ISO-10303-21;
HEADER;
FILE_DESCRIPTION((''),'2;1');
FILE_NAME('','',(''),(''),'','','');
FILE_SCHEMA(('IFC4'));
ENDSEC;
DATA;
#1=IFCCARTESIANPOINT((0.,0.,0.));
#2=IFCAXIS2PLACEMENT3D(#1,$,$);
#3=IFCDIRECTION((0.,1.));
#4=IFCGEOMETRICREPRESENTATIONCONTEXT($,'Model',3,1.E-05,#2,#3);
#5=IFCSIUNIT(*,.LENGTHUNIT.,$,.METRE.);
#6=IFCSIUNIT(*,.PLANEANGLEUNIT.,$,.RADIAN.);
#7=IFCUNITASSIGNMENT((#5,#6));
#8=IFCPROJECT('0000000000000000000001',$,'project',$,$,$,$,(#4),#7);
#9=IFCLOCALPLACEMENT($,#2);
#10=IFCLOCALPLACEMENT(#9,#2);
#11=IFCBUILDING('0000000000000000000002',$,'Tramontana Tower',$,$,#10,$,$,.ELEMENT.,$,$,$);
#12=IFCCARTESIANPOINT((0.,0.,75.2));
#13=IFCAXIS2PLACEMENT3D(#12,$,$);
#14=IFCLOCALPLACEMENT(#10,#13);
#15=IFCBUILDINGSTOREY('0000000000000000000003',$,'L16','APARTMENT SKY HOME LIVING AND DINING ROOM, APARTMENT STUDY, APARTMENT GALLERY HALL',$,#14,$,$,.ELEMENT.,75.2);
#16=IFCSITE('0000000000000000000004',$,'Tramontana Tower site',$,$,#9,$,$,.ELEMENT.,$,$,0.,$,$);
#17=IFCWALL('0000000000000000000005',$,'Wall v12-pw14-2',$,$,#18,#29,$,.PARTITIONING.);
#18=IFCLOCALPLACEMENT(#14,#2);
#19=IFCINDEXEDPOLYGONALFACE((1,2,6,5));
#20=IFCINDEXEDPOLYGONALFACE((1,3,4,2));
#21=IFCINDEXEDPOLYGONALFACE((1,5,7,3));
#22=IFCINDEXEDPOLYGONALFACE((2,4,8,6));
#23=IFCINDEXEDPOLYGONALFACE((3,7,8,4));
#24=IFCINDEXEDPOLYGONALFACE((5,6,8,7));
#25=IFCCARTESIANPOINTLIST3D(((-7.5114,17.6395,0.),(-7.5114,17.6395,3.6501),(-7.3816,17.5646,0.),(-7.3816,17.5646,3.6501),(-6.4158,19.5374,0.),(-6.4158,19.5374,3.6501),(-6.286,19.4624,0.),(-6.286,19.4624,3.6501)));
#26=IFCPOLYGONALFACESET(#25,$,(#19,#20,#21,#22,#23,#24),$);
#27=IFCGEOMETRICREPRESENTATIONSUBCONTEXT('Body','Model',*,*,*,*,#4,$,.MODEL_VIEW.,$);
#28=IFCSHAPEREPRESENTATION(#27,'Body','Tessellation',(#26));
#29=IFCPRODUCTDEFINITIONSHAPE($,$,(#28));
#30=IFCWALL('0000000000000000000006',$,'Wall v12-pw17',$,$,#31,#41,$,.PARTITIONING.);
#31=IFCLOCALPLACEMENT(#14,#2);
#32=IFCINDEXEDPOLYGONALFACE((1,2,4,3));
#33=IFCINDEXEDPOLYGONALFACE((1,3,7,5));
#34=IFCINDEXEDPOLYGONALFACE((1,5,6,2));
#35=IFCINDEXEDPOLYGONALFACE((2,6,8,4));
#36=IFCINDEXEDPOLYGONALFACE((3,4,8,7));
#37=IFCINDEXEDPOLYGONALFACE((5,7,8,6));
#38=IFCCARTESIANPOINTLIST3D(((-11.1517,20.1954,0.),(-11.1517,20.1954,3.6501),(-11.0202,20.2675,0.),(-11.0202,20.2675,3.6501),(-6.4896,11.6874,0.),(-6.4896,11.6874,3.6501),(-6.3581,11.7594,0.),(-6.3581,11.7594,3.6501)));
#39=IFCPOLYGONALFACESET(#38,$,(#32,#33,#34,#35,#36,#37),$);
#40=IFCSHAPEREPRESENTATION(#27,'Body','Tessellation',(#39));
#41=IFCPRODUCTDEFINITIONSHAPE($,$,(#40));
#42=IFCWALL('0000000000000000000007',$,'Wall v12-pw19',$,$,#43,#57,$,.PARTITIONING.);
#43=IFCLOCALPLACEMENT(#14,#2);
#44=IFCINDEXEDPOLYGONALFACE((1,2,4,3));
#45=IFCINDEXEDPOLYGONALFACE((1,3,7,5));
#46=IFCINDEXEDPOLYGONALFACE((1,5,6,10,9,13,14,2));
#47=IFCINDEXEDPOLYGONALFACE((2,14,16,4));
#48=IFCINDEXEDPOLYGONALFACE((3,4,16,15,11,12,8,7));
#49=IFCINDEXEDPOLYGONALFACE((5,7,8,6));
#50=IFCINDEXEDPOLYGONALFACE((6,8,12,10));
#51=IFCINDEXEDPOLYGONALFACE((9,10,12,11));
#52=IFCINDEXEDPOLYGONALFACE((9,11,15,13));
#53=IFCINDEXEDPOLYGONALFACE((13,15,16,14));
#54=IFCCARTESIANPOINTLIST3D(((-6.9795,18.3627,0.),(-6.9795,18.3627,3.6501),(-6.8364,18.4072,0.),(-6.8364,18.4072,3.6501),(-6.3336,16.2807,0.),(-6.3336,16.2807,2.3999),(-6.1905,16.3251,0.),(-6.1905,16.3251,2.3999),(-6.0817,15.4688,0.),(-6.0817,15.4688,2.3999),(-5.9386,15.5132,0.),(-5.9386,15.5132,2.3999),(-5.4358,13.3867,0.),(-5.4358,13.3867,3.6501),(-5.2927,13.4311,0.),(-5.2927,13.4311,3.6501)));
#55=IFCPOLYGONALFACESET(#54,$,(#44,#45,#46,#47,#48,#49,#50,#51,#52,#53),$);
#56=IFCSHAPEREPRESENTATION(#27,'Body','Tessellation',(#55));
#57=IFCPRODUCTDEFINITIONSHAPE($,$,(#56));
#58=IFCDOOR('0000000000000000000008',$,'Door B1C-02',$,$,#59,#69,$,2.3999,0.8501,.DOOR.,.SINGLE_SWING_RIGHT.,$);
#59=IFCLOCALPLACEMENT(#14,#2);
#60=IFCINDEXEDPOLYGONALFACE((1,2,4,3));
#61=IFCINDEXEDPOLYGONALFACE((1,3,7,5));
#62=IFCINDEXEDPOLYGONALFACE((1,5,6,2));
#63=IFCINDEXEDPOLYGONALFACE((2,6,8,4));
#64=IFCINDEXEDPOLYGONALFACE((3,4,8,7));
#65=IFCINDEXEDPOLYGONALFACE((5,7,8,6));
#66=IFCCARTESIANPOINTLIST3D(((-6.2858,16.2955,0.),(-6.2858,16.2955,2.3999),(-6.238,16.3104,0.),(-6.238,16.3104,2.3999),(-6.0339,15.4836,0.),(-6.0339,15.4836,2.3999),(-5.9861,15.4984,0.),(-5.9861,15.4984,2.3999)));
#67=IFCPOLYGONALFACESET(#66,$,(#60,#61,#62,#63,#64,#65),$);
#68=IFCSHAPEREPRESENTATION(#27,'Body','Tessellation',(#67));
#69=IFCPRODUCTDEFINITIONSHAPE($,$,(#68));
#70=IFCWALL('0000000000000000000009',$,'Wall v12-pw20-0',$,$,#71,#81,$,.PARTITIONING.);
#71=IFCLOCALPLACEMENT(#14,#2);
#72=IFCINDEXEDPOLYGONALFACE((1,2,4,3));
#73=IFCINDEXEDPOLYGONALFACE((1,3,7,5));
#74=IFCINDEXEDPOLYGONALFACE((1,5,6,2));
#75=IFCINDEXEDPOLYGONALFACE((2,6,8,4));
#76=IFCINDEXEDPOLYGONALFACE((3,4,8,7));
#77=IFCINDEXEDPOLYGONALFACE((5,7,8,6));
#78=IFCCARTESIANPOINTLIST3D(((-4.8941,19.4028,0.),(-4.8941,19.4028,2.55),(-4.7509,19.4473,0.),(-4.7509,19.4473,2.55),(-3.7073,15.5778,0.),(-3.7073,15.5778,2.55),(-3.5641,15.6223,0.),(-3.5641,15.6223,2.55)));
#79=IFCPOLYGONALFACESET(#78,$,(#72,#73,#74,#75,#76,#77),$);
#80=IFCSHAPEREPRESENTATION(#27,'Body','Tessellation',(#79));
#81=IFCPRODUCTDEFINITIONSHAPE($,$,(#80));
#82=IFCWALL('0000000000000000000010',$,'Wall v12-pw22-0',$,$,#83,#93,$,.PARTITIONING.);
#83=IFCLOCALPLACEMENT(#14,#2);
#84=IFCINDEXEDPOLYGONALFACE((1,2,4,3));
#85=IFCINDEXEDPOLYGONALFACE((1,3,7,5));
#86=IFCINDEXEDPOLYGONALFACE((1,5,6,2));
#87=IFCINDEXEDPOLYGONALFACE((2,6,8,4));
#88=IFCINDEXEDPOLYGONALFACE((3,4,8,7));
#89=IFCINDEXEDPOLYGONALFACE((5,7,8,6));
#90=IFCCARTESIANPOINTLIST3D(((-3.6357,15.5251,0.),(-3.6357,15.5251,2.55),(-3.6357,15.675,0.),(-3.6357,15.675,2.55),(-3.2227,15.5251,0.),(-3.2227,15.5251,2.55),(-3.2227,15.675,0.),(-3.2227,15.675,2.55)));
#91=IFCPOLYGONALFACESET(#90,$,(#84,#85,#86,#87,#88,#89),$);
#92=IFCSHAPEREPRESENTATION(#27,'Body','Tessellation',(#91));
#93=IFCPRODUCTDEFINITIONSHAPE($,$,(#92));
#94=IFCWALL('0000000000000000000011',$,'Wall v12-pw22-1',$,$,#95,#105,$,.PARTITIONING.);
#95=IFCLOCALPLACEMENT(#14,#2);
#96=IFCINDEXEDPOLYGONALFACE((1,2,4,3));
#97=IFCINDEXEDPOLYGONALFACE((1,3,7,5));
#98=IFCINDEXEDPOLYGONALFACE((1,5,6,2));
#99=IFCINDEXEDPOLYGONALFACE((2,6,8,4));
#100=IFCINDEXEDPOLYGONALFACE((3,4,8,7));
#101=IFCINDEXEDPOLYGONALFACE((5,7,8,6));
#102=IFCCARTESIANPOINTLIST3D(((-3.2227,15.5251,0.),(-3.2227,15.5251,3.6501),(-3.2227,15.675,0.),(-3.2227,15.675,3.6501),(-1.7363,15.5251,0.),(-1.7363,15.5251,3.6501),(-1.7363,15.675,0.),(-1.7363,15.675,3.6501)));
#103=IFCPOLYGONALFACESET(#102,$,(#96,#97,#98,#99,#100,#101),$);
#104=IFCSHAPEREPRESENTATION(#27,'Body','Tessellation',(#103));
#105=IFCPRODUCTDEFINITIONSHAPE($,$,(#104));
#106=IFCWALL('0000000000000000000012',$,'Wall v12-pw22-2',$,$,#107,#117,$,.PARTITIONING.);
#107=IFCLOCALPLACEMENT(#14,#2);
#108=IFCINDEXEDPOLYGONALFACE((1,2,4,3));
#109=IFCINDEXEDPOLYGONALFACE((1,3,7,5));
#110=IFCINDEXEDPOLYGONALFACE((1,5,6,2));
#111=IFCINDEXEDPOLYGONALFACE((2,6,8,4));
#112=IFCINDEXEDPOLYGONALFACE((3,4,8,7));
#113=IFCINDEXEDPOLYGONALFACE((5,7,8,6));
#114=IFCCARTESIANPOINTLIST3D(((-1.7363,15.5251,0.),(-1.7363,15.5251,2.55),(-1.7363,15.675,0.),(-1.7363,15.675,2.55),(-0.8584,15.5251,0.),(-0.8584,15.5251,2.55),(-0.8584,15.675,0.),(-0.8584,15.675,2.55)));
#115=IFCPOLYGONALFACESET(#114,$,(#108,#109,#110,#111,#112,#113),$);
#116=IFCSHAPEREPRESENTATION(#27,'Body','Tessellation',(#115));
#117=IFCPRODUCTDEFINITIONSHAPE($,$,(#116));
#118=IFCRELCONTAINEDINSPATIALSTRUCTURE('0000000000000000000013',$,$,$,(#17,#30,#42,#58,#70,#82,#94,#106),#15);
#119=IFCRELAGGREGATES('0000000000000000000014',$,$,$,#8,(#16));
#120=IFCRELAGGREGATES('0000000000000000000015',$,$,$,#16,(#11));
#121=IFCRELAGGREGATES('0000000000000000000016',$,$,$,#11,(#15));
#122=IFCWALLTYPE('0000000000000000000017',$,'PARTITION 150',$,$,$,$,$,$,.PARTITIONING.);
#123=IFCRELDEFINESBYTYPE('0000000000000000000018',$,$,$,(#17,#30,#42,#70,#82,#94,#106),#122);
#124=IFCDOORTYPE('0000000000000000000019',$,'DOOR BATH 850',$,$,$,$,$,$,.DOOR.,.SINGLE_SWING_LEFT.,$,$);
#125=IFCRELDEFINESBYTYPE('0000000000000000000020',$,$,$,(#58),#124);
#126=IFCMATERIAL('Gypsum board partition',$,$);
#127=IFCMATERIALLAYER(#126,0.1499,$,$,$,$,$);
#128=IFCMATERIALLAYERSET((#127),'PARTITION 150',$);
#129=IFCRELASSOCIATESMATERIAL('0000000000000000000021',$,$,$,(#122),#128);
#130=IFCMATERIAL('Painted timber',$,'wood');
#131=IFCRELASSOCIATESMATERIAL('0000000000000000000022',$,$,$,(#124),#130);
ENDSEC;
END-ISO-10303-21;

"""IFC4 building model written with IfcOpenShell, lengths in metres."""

from ifc_helpers import new_model, si_unit, direction, frame, frame_2d, origin, place, context, subcontext, project, spatial, rectangle, extrude, material, layer, layer_set, type_object, element, fill, save


model = new_model("IFC4")

# Units and contexts
model_context = context("Model", 3, precision=1e-05, world=origin(), true_north=direction((0.0, 1.0)))
body_context = subcontext(model_context, "Body", "Model", "MODEL_VIEW")
ifc_project = project(units=[si_unit("LENGTHUNIT", "METRE"), si_unit("PLANEANGLEUNIT", "RADIAN")], contexts=[model_context])

# Site, building, storey
site_placement = place(None, origin())
site = spatial("IfcSite", under=ifc_project, at=site_placement, Name="Tramontana Tower site", CompositionType="ELEMENT", RefElevation=0.0)
building_placement = place(site_placement, origin())
building = spatial("IfcBuilding", under=site, at=building_placement, Name="Tramontana Tower", CompositionType="ELEMENT")
storey_placement = place(building_placement, frame((0.0, 0.0, 75.2)))
storey = spatial("IfcBuildingStorey", under=building, at=storey_placement, Name="L16", Description="APARTMENT SKY HOME LIVING AND DINING ROOM, APARTMENT STUDY, APARTMENT GALLERY HALL", CompositionType="ELEMENT", Elevation=75.2)

# Walls
ifc_material_1 = material(Name="Gypsum board partition")
ifc_layer_1 = layer(ifc_material_1, 0.1499)
ifc_layer_set_1 = layer_set([ifc_layer_1], Name="PARTITION 150")
wall_type_1 = type_object("IfcWallType", Name="PARTITION 150", PredefinedType="PARTITIONING", material=ifc_layer_set_1)
wall_1_placement = place(storey_placement, frame((-7.4465, 17.6021, 0.0), z_axis=(0.0, 0.0, 1.0), x_axis=(0.499973, 0.866041, 0.0)))
element("IfcWall", 1, at=wall_1_placement, inside=storey, type_object=wall_type_1, Name="Wall v12-pw14-2", PredefinedType="PARTITIONING", context=body_context, shape_type="SweptSolid", body=[
    extrude(rectangle(XDim=2.1914, YDim=0.1499, at=frame_2d((1.0957, 0.0))), origin(), (0.0, 0.0, 1.0), 3.6501),
])
wall_2_placement = place(storey_placement, frame((-6.4238, 11.7234, 0.0), z_axis=(0.0, 0.0, 1.0), x_axis=(-0.480547, 0.876969, 0.0)))
element("IfcWall", 2, at=wall_2_placement, inside=storey, type_object=wall_type_1, Name="Wall v12-pw17", PredefinedType="PARTITIONING", context=body_context, shape_type="SweptSolid", body=[
    extrude(rectangle(XDim=9.7017, YDim=0.1499, at=frame_2d((4.8508, 0.0))), origin(), (0.0, 0.0, 1.0), 3.6501),
])

# Wall, opening, door
wall_3_placement = place(storey_placement, frame((-5.3643, 13.4089, 0.0), z_axis=(0.0, 0.0, 1.0), x_axis=(-0.296295, 0.955097, 0.0)))
wall_3 = element("IfcWall", 3, at=wall_3_placement, inside=storey, type_object=wall_type_1, Name="Wall v12-pw19", PredefinedType="PARTITIONING", context=body_context, shape_type="SweptSolid", body=[
    extrude(rectangle(XDim=5.21, YDim=0.1499, at=frame_2d((2.605, 0.0))), origin(), (0.0, 0.0, 1.0), 3.6501),
])
opening_1_placement = place(wall_3_placement, frame((2.1799, 0.0, 0.0)))
opening_1 = element("IfcOpeningElement", 4, at=opening_1_placement, cuts=wall_3, PredefinedType="OPENING", context=body_context, shape_type="SweptSolid", body=[
    extrude(rectangle(XDim=0.8501, YDim=2.3999, at=frame_2d((0.425, 1.2))), frame((0.0, 0.085, 0.0), z_axis=(0.0, -1.0, 0.0), x_axis=(1.0, 0.0, 0.0)), (0.0, 0.0, 1.0), 0.1699),
])
ifc_material_2 = material(Name="Painted timber", Category="wood")
door_type_1 = type_object("IfcDoorType", Name="DOOR BATH 850", OperationType="SINGLE_SWING_LEFT", PredefinedType="DOOR", material=ifc_material_2)
door_1_placement = place(opening_1_placement, origin())
door_1 = element("IfcDoor", 5, at=door_1_placement, inside=storey, type_object=door_type_1, Name="Door B1C-02", OperationType="SINGLE_SWING_RIGHT", OverallHeight=2.3999, OverallWidth=0.8501, PredefinedType="DOOR", context=body_context, shape_type="SweptSolid", body=[
    extrude(rectangle(XDim=0.8501, YDim=2.3999, at=frame_2d((0.425, 1.2))), frame((0.0, 0.0249, 0.0), z_axis=(0.0, -1.0, 0.0), x_axis=(1.0, 0.0, 0.0)), (0.0, 0.0, 1.0), 0.05),
])
fill(opening_1, door_1)

# Walls
wall_4_placement = place(storey_placement, frame((-4.8225, 19.425, 0.0), z_axis=(0.0, 0.0, 1.0), x_axis=(0.296334, -0.955084, 0.0)))
element("IfcWall", 6, at=wall_4_placement, inside=storey, type_object=wall_type_1, Name="Wall v12-pw20-0", PredefinedType="PARTITIONING", context=body_context, shape_type="SweptSolid", body=[
    extrude(rectangle(XDim=4.0049, YDim=0.1499, at=frame_2d((2.0024, 0.0))), origin(), (0.0, 0.0, 1.0), 2.55),
])
wall_5_placement = place(storey_placement, frame((-3.6357, 15.6001, 0.0), z_axis=(0.0, 0.0, 1.0), x_axis=(1.0, 0.0, 0.0)))
element("IfcWall", 7, at=wall_5_placement, inside=storey, type_object=wall_type_1, Name="Wall v12-pw22-0", PredefinedType="PARTITIONING", context=body_context, shape_type="SweptSolid", body=[
    extrude(rectangle(XDim=0.4131, YDim=0.1499, at=frame_2d((0.2065, 0.0))), origin(), (0.0, 0.0, 1.0), 2.55),
])
wall_6_placement = place(storey_placement, frame((-3.2227, 15.6001, 0.0), z_axis=(0.0, 0.0, 1.0), x_axis=(1.0, 0.0, 0.0)))
element("IfcWall", 8, at=wall_6_placement, inside=storey, type_object=wall_type_1, Name="Wall v12-pw22-1", PredefinedType="PARTITIONING", context=body_context, shape_type="SweptSolid", body=[
    extrude(rectangle(XDim=1.4863, YDim=0.1499, at=frame_2d((0.7432, 0.0))), origin(), (0.0, 0.0, 1.0), 3.6501),
])
wall_7_placement = place(storey_placement, frame((-1.7363, 15.6001, 0.0), z_axis=(0.0, 0.0, 1.0), x_axis=(1.0, 0.0, 0.0)))
element("IfcWall", 9, at=wall_7_placement, inside=storey, type_object=wall_type_1, Name="Wall v12-pw22-2", PredefinedType="PARTITIONING", context=body_context, shape_type="SweptSolid", body=[
    extrude(rectangle(XDim=0.8779, YDim=0.1499, at=frame_2d((0.439, 0.0))), origin(), (0.0, 0.0, 1.0), 2.55),
])

save(model, "model.ifc")
